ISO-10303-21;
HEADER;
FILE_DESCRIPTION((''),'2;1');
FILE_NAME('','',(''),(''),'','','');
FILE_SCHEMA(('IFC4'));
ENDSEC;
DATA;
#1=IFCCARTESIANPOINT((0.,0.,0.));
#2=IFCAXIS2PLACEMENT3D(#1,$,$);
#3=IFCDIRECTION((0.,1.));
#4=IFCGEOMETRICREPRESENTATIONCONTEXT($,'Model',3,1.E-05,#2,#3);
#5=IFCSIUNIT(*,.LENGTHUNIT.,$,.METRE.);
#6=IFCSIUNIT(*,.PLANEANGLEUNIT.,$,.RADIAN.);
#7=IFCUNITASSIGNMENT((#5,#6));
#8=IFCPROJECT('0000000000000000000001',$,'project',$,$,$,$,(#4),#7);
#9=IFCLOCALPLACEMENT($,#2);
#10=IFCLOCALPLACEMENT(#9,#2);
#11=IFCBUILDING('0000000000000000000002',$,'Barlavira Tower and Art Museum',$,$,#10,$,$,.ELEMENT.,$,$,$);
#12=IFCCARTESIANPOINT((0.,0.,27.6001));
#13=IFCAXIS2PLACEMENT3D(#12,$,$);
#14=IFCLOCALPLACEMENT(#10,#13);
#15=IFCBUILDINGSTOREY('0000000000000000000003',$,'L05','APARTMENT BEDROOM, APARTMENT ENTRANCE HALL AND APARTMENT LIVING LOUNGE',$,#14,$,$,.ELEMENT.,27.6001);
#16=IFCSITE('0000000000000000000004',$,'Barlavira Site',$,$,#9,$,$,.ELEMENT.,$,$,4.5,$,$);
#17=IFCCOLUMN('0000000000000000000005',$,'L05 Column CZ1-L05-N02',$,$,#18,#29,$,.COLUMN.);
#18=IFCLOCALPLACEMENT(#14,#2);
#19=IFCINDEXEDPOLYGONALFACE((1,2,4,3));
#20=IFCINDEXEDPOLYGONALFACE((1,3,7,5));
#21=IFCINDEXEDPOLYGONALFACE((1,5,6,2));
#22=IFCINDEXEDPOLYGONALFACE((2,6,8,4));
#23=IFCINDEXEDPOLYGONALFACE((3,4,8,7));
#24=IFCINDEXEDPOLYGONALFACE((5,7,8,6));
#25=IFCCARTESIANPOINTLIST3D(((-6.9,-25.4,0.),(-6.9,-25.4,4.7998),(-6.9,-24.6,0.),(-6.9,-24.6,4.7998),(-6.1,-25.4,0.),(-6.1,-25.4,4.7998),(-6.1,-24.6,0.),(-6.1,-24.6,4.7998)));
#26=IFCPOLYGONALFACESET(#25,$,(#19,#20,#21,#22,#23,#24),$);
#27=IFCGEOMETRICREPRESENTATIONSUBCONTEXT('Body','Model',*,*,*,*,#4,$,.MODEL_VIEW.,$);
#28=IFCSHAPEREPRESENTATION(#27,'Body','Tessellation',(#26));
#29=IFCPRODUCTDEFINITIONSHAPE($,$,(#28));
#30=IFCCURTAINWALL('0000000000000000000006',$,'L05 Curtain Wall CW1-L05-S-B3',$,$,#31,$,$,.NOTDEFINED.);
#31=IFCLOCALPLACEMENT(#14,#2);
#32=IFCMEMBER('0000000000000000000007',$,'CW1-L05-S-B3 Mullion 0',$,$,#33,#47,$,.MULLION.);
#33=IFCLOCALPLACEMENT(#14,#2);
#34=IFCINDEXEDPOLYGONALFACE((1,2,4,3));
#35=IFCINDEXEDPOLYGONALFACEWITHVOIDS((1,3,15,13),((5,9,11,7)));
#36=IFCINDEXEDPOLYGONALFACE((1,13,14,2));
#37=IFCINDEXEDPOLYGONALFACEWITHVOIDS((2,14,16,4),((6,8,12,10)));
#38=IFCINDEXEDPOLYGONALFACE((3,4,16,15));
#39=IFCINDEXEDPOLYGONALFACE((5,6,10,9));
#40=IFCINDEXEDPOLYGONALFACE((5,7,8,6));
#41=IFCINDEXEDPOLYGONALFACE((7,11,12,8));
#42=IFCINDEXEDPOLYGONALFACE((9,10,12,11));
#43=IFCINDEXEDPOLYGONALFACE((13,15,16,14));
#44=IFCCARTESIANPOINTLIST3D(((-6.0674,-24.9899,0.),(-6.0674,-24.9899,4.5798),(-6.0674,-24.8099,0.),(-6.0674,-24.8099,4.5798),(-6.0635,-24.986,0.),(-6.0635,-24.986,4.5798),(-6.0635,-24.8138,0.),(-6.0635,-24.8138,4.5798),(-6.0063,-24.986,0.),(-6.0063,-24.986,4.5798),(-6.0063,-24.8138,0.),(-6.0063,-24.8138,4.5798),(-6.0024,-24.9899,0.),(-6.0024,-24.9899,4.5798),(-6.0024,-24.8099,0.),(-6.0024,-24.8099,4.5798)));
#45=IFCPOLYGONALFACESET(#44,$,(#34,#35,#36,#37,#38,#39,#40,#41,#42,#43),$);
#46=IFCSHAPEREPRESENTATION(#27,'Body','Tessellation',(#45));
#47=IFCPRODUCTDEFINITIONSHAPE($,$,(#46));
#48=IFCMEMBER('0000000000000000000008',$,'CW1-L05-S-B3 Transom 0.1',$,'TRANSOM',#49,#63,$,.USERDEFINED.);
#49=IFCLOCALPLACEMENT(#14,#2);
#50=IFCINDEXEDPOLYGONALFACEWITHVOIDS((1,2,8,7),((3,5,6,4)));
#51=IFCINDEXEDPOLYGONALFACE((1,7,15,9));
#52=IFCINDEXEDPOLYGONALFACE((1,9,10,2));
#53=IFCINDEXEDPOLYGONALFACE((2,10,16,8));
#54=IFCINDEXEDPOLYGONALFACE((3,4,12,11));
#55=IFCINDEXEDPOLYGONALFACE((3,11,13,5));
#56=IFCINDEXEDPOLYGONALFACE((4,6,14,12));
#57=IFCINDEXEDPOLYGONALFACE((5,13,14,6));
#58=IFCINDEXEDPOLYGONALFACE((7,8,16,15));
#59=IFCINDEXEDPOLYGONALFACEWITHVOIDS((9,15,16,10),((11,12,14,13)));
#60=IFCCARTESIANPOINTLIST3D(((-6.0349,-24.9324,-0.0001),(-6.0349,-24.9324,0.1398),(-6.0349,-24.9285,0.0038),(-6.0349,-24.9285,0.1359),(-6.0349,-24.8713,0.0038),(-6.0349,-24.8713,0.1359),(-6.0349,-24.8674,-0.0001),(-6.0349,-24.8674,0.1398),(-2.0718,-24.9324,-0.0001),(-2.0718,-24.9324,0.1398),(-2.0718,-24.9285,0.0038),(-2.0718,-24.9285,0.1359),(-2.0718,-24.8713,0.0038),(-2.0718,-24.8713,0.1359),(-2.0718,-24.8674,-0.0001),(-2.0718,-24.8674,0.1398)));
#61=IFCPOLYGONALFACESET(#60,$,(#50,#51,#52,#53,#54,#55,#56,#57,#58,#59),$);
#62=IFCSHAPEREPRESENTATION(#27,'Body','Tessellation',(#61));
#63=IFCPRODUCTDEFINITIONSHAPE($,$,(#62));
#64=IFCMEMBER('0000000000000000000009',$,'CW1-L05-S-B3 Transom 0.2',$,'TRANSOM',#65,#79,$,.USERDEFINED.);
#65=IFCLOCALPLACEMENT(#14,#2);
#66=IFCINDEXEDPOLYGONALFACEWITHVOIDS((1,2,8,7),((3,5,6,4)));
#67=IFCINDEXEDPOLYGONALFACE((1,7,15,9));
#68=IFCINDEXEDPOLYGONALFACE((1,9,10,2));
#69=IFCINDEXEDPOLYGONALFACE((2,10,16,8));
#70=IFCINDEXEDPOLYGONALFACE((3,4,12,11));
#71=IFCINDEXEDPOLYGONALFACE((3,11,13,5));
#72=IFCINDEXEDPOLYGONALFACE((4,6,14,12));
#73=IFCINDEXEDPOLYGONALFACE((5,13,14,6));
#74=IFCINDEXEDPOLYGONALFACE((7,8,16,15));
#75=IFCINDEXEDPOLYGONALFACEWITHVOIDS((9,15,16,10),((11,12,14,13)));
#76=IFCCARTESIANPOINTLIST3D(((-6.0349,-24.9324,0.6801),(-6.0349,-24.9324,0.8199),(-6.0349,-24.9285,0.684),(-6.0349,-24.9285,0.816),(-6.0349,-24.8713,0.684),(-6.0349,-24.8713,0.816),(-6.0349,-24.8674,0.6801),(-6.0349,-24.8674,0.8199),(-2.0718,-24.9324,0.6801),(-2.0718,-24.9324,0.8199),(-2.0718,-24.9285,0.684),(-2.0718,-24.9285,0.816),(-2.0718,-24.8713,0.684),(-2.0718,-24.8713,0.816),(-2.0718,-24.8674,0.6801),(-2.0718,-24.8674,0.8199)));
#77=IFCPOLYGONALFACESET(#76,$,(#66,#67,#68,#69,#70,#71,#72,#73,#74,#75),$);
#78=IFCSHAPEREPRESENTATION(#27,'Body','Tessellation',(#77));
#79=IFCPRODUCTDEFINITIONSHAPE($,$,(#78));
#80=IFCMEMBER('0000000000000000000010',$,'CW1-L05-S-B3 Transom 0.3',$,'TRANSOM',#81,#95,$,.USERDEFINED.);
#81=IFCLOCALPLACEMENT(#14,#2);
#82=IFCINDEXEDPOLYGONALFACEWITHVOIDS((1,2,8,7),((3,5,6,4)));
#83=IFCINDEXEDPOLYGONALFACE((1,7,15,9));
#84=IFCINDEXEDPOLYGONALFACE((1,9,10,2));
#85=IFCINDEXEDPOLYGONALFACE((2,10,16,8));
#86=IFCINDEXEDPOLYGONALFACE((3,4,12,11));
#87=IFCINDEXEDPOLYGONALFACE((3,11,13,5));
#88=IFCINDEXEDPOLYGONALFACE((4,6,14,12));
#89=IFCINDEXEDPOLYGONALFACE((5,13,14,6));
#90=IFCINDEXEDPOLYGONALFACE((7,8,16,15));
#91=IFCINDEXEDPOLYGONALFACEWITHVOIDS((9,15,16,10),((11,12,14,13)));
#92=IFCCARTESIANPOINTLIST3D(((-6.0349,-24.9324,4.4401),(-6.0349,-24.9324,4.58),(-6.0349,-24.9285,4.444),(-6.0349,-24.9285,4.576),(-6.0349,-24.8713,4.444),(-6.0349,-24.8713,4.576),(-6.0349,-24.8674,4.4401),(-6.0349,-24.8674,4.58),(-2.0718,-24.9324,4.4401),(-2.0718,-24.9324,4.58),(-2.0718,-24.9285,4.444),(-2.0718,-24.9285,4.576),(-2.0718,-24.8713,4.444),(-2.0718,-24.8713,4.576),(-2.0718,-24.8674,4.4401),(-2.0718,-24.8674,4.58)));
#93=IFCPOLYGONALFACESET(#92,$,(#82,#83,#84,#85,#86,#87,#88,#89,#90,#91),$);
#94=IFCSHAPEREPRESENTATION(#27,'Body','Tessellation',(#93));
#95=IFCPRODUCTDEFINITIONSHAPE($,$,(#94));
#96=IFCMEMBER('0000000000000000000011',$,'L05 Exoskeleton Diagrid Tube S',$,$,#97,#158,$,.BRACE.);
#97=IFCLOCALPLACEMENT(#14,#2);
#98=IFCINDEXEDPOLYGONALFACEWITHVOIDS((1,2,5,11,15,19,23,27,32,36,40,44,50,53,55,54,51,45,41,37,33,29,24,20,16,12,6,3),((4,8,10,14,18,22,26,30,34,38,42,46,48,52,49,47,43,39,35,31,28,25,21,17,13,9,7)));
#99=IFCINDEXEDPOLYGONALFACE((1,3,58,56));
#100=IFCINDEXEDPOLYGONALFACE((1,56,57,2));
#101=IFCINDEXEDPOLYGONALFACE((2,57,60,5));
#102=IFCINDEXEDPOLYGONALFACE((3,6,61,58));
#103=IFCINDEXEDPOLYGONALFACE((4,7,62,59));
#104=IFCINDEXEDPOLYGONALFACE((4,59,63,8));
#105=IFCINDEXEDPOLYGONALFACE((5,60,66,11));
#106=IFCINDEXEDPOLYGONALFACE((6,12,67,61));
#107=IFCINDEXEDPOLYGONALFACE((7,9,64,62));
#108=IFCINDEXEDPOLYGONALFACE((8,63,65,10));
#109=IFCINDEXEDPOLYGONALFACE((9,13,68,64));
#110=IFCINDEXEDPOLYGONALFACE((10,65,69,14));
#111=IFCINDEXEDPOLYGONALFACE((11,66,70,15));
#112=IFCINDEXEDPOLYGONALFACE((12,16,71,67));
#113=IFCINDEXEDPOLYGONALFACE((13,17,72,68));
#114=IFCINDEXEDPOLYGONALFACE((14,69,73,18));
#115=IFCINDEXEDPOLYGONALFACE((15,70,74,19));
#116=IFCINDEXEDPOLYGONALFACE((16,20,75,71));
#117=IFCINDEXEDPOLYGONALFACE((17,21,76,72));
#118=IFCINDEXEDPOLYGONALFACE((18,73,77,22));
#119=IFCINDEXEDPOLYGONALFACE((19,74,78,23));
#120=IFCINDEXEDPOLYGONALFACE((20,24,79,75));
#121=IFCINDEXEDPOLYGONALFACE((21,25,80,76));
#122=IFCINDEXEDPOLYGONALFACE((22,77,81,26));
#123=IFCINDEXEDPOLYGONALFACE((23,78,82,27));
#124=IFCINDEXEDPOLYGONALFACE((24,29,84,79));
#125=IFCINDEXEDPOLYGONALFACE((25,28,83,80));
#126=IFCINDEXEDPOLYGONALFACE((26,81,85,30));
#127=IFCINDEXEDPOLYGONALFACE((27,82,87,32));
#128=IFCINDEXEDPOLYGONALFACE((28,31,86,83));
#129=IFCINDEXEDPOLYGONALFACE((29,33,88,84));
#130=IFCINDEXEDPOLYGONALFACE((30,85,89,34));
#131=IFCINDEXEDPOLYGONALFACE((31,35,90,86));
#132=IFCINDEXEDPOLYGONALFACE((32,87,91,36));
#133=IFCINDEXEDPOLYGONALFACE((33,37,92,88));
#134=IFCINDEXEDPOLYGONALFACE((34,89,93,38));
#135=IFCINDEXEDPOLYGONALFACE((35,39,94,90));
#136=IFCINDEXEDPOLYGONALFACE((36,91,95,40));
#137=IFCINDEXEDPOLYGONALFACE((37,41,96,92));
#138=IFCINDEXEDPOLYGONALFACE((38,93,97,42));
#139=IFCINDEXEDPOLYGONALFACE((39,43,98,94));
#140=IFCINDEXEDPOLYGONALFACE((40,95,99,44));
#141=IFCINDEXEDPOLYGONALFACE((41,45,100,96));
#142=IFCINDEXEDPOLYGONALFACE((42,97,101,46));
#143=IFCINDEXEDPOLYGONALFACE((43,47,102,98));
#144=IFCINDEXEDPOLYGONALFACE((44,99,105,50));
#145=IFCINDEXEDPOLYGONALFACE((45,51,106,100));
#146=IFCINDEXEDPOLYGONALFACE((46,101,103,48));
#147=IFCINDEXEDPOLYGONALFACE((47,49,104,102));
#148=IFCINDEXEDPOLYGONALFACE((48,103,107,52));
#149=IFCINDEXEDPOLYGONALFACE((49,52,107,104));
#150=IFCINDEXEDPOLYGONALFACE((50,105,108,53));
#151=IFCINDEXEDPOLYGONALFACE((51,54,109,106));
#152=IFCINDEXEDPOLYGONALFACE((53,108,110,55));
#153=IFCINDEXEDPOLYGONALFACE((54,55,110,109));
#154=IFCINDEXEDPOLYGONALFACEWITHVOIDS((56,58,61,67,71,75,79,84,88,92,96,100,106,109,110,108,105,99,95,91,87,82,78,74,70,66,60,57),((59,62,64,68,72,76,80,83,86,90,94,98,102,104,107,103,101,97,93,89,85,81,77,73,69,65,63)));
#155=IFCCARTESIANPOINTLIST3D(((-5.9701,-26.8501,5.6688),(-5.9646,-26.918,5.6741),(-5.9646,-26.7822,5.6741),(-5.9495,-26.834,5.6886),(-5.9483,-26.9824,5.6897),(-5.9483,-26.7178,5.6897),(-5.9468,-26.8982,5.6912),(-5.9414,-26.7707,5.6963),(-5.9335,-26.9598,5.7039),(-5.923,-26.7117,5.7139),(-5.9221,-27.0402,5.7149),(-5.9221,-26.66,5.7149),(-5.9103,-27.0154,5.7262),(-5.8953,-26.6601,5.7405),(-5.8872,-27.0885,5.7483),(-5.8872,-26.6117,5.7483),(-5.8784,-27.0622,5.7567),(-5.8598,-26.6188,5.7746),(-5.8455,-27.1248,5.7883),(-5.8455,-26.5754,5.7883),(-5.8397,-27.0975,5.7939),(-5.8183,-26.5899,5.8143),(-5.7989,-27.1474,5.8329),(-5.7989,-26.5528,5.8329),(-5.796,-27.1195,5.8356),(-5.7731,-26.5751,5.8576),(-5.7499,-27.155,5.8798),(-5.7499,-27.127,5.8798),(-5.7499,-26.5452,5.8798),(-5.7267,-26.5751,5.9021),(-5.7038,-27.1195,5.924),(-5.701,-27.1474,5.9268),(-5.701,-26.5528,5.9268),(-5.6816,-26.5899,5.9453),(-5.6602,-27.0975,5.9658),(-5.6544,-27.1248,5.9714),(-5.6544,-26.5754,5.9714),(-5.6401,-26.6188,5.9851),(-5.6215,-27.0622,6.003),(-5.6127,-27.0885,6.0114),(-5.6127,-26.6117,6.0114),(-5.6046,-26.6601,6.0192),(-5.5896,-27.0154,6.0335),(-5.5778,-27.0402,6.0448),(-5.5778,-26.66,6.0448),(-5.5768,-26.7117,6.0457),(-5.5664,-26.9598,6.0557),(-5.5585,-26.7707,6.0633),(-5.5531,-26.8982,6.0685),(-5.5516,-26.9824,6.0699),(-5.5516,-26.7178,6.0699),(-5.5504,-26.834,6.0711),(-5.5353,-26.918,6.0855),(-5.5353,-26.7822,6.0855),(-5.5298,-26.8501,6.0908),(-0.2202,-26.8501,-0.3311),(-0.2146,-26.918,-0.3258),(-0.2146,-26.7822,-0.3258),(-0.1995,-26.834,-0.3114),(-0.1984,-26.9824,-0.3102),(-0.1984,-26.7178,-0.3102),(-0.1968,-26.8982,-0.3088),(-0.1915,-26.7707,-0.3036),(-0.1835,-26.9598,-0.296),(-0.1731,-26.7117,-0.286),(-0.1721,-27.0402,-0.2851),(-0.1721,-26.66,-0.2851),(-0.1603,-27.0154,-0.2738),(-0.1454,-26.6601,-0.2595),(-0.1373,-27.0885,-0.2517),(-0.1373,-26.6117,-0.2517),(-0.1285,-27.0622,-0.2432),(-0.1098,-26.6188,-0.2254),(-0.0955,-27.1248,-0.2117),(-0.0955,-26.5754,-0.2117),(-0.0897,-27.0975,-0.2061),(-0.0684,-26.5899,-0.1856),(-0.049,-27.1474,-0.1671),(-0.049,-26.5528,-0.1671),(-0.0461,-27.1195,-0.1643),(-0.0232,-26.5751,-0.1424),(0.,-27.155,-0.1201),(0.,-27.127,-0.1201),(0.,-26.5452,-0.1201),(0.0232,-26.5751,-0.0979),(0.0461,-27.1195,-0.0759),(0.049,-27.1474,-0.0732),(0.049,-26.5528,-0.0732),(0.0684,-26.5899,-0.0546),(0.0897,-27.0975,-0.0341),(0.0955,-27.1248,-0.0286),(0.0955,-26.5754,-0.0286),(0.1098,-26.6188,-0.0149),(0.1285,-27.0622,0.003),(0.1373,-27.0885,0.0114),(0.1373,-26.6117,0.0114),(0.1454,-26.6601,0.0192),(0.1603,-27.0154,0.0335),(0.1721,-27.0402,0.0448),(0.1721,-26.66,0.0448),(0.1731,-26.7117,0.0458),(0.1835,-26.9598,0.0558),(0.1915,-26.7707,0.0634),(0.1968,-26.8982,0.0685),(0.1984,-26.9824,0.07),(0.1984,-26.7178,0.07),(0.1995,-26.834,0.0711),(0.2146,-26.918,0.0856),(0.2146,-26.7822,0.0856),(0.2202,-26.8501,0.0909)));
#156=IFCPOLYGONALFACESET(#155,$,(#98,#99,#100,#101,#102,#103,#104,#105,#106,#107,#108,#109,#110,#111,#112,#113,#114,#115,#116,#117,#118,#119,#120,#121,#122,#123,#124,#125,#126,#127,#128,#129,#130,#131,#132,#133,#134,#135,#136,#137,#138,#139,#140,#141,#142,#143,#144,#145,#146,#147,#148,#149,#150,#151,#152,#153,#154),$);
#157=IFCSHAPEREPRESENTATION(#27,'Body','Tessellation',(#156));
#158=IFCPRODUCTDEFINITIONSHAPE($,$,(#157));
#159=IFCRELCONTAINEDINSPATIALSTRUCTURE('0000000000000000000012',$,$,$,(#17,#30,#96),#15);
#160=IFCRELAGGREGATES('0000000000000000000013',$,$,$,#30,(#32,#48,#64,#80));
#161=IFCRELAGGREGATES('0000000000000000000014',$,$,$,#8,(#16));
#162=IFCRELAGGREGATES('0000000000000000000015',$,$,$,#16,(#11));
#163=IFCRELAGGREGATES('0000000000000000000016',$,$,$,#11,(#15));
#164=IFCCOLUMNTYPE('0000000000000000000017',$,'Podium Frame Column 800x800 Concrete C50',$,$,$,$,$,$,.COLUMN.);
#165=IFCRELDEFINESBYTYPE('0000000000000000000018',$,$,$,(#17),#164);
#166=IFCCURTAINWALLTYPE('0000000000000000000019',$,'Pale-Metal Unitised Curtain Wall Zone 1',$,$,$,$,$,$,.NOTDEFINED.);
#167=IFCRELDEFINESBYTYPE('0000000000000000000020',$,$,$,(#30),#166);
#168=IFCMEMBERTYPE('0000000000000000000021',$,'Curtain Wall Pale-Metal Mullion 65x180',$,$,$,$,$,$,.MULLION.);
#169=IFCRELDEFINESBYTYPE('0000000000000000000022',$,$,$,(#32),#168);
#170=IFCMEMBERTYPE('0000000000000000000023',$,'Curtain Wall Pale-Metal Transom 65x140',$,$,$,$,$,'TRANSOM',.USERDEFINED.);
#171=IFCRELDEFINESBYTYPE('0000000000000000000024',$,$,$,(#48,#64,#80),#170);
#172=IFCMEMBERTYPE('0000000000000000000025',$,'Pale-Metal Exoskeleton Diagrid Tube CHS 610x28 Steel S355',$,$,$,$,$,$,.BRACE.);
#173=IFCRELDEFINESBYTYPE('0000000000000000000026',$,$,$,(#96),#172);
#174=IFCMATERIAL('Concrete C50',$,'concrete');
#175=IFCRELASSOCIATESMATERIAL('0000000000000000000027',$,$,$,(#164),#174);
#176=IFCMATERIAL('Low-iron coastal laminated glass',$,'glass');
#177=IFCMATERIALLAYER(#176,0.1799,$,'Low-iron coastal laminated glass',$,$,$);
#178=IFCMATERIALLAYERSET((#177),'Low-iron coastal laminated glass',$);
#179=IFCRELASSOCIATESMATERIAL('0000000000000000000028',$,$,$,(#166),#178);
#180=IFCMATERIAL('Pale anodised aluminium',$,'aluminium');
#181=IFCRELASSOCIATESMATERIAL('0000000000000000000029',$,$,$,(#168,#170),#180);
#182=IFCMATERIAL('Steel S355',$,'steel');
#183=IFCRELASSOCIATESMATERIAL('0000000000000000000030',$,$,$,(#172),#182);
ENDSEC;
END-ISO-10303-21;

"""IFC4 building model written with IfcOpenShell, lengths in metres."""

from ifc_helpers import new_model, si_unit, direction, frame, origin, origin_2d, place, context, subcontext, project, spatial, rectangle, hollow_rectangle, hollow_circle, extrude, material, layer, layer_set, material_profile, profile_set, type_object, element, aggregate, save


model = new_model("IFC4")

# Units and contexts
model_context = context("Model", 3, precision=1e-05, world=origin(), true_north=direction((0.0, 1.0)))
body_context = subcontext(model_context, "Body", "Model", "MODEL_VIEW")
ifc_project = project(units=[si_unit("LENGTHUNIT", "METRE"), si_unit("PLANEANGLEUNIT", "RADIAN")], contexts=[model_context])

# Site, building, storey
site_placement = place(None, origin())
site = spatial("IfcSite", under=ifc_project, at=site_placement, Name="Barlavira Site", CompositionType="ELEMENT", RefElevation=4.5)
building_placement = place(site_placement, origin())
building = spatial("IfcBuilding", under=site, at=building_placement, Name="Barlavira Tower and Art Museum", CompositionType="ELEMENT")
storey_placement = place(building_placement, frame((0.0, 0.0, 27.6001)))
storey = spatial("IfcBuildingStorey", under=building, at=storey_placement, Name="L05", Description="APARTMENT BEDROOM, APARTMENT ENTRANCE HALL AND APARTMENT LIVING LOUNGE", CompositionType="ELEMENT", Elevation=27.6001)

# Column
ifc_material_1 = material(Name="Concrete C50", Category="concrete")
ifc_material_profile_1 = material_profile(ifc_material_1, rectangle(XDim=0.8, YDim=0.8, at=origin_2d()), Name="RC-COL 800x800")
ifc_profile_set_1 = profile_set([ifc_material_profile_1], Name="Concrete C50")
column_type = type_object("IfcColumnType", Name="Podium Frame Column 800x800 Concrete C50", PredefinedType="COLUMN", material=ifc_profile_set_1)
column_placement = place(storey_placement, frame((-6.5, -25.0, 0.0), z_axis=(0.0, 0.0, 1.0), x_axis=(1.0, 0.0, 0.0)))
element("IfcColumn", 1, at=column_placement, inside=storey, type_object=column_type, Name="L05 Column CZ1-L05-N02", PredefinedType="COLUMN", context=body_context, shape_type="SweptSolid", body=[
    extrude(rectangle(XDim=0.8, YDim=0.8, at=origin_2d()), origin(), (0.0, 0.0, 1.0), 4.7998),
])

# Curtain wall, members
ifc_material_2 = material(Name="Low-iron coastal laminated glass", Category="glass")
ifc_layer_1 = layer(ifc_material_2, 0.1799, Name="Low-iron coastal laminated glass")
ifc_layer_set_1 = layer_set([ifc_layer_1], Name="Low-iron coastal laminated glass")
curtain_wall_type = type_object("IfcCurtainWallType", Name="Pale-Metal Unitised Curtain Wall Zone 1", PredefinedType="NOTDEFINED", material=ifc_layer_set_1)
curtain_wall_placement = place(storey_placement, origin())
curtain_wall = element("IfcCurtainWall", 2, at=curtain_wall_placement, inside=storey, type_object=curtain_wall_type, Name="L05 Curtain Wall CW1-L05-S-B3", PredefinedType="NOTDEFINED")
ifc_material_3 = material(Name="Pale anodised aluminium", Category="aluminium")
ifc_material_profile_2 = material_profile(ifc_material_3, hollow_rectangle(XDim=0.0649, YDim=0.1799, WallThickness=0.0039, at=origin_2d()), Name="ALU-MULL 65x180x4")
ifc_profile_set_2 = profile_set([ifc_material_profile_2], Name="Pale anodised aluminium")
member_type_1 = type_object("IfcMemberType", Name="Curtain Wall Pale-Metal Mullion 65x180", PredefinedType="MULLION", material=ifc_profile_set_2)
member_1_placement = place(storey_placement, frame((-6.0349, -24.8999, 0.0), z_axis=(0.0, 0.0, 1.0), x_axis=(1.0, 0.0, 0.0)))
member_1 = element("IfcMember", 3, at=member_1_placement, type_object=member_type_1, Name="CW1-L05-S-B3 Mullion 0", PredefinedType="MULLION", context=body_context, shape_type="SweptSolid", body=[
    extrude(hollow_rectangle(XDim=0.0649, YDim=0.1799, WallThickness=0.0039, at=origin_2d()), origin(), (0.0, 0.0, 1.0), 4.5798),
])
ifc_material_profile_3 = material_profile(ifc_material_3, hollow_rectangle(XDim=0.0649, YDim=0.1399, WallThickness=0.0039, at=origin_2d()), Name="ALU-TRAN 65x140x4")
ifc_profile_set_3 = profile_set([ifc_material_profile_3], Name="Pale anodised aluminium")
member_type_2 = type_object("IfcMemberType", Name="Curtain Wall Pale-Metal Transom 65x140", ElementType="TRANSOM", PredefinedType="USERDEFINED", material=ifc_profile_set_3)
member_2_placement = place(storey_placement, frame((-6.0349, -24.8999, 0.0698), z_axis=(1.0, 0.0, 0.0), x_axis=(0.0, 1.0, 0.0)))
member_2 = element("IfcMember", 4, at=member_2_placement, type_object=member_type_2, Name="CW1-L05-S-B3 Transom 0.1", ObjectType="TRANSOM", PredefinedType="USERDEFINED", context=body_context, shape_type="SweptSolid", body=[
    extrude(hollow_rectangle(XDim=0.0649, YDim=0.1399, WallThickness=0.0039, at=origin_2d()), origin(), (0.0, 0.0, 1.0), 3.9631),
])
member_3_placement = place(storey_placement, frame((-6.0349, -24.8999, 0.75), z_axis=(1.0, 0.0, 0.0), x_axis=(0.0, 1.0, 0.0)))
member_3 = element("IfcMember", 5, at=member_3_placement, type_object=member_type_2, Name="CW1-L05-S-B3 Transom 0.2", ObjectType="TRANSOM", PredefinedType="USERDEFINED", context=body_context, shape_type="SweptSolid", body=[
    extrude(hollow_rectangle(XDim=0.0649, YDim=0.1399, WallThickness=0.0039, at=origin_2d()), origin(), (0.0, 0.0, 1.0), 3.9631),
])
member_4_placement = place(storey_placement, frame((-6.0349, -24.8999, 4.51), z_axis=(1.0, 0.0, 0.0), x_axis=(0.0, 1.0, 0.0)))
member_4 = element("IfcMember", 6, at=member_4_placement, type_object=member_type_2, Name="CW1-L05-S-B3 Transom 0.3", ObjectType="TRANSOM", PredefinedType="USERDEFINED", context=body_context, shape_type="SweptSolid", body=[
    extrude(hollow_rectangle(XDim=0.0649, YDim=0.1399, WallThickness=0.0039, at=origin_2d()), origin(), (0.0, 0.0, 1.0), 3.9631),
])

# Member
ifc_material_4 = material(Name="Steel S355", Category="steel")
ifc_material_profile_4 = material_profile(ifc_material_4, hollow_circle(Radius=0.3049, WallThickness=0.0281, at=origin_2d()), Name="CHS 610.0x28.0")
ifc_profile_set_4 = profile_set([ifc_material_profile_4], Name="Steel S355")
member_type_3 = type_object("IfcMemberType", Name="Pale-Metal Exoskeleton Diagrid Tube CHS 610x28 Steel S355", PredefinedType="BRACE", material=ifc_profile_set_4)
for number, where, z_axis, x_axis, name in (
    (7, (0.0, -26.8501, -0.1201), (-0.691905, 0.0, 0.721988), (0.0, -1.0, 0.0), "L05 Exoskeleton Diagrid Tube S"),
):
    element("IfcMember", number, at=place(storey_placement, frame(where, z_axis=z_axis, x_axis=x_axis)), inside=storey, type_object=member_type_3, Name=name, PredefinedType="BRACE", context=body_context, shape_type="SweptSolid", body=[
        extrude(hollow_circle(Radius=0.3049, WallThickness=0.0281, at=origin_2d()), origin(), (0.0, 0.0, 1.0), 8.3103),
    ])

aggregate(curtain_wall, [member_1, member_2, member_3, member_4])

save(model, "model.ifc")
